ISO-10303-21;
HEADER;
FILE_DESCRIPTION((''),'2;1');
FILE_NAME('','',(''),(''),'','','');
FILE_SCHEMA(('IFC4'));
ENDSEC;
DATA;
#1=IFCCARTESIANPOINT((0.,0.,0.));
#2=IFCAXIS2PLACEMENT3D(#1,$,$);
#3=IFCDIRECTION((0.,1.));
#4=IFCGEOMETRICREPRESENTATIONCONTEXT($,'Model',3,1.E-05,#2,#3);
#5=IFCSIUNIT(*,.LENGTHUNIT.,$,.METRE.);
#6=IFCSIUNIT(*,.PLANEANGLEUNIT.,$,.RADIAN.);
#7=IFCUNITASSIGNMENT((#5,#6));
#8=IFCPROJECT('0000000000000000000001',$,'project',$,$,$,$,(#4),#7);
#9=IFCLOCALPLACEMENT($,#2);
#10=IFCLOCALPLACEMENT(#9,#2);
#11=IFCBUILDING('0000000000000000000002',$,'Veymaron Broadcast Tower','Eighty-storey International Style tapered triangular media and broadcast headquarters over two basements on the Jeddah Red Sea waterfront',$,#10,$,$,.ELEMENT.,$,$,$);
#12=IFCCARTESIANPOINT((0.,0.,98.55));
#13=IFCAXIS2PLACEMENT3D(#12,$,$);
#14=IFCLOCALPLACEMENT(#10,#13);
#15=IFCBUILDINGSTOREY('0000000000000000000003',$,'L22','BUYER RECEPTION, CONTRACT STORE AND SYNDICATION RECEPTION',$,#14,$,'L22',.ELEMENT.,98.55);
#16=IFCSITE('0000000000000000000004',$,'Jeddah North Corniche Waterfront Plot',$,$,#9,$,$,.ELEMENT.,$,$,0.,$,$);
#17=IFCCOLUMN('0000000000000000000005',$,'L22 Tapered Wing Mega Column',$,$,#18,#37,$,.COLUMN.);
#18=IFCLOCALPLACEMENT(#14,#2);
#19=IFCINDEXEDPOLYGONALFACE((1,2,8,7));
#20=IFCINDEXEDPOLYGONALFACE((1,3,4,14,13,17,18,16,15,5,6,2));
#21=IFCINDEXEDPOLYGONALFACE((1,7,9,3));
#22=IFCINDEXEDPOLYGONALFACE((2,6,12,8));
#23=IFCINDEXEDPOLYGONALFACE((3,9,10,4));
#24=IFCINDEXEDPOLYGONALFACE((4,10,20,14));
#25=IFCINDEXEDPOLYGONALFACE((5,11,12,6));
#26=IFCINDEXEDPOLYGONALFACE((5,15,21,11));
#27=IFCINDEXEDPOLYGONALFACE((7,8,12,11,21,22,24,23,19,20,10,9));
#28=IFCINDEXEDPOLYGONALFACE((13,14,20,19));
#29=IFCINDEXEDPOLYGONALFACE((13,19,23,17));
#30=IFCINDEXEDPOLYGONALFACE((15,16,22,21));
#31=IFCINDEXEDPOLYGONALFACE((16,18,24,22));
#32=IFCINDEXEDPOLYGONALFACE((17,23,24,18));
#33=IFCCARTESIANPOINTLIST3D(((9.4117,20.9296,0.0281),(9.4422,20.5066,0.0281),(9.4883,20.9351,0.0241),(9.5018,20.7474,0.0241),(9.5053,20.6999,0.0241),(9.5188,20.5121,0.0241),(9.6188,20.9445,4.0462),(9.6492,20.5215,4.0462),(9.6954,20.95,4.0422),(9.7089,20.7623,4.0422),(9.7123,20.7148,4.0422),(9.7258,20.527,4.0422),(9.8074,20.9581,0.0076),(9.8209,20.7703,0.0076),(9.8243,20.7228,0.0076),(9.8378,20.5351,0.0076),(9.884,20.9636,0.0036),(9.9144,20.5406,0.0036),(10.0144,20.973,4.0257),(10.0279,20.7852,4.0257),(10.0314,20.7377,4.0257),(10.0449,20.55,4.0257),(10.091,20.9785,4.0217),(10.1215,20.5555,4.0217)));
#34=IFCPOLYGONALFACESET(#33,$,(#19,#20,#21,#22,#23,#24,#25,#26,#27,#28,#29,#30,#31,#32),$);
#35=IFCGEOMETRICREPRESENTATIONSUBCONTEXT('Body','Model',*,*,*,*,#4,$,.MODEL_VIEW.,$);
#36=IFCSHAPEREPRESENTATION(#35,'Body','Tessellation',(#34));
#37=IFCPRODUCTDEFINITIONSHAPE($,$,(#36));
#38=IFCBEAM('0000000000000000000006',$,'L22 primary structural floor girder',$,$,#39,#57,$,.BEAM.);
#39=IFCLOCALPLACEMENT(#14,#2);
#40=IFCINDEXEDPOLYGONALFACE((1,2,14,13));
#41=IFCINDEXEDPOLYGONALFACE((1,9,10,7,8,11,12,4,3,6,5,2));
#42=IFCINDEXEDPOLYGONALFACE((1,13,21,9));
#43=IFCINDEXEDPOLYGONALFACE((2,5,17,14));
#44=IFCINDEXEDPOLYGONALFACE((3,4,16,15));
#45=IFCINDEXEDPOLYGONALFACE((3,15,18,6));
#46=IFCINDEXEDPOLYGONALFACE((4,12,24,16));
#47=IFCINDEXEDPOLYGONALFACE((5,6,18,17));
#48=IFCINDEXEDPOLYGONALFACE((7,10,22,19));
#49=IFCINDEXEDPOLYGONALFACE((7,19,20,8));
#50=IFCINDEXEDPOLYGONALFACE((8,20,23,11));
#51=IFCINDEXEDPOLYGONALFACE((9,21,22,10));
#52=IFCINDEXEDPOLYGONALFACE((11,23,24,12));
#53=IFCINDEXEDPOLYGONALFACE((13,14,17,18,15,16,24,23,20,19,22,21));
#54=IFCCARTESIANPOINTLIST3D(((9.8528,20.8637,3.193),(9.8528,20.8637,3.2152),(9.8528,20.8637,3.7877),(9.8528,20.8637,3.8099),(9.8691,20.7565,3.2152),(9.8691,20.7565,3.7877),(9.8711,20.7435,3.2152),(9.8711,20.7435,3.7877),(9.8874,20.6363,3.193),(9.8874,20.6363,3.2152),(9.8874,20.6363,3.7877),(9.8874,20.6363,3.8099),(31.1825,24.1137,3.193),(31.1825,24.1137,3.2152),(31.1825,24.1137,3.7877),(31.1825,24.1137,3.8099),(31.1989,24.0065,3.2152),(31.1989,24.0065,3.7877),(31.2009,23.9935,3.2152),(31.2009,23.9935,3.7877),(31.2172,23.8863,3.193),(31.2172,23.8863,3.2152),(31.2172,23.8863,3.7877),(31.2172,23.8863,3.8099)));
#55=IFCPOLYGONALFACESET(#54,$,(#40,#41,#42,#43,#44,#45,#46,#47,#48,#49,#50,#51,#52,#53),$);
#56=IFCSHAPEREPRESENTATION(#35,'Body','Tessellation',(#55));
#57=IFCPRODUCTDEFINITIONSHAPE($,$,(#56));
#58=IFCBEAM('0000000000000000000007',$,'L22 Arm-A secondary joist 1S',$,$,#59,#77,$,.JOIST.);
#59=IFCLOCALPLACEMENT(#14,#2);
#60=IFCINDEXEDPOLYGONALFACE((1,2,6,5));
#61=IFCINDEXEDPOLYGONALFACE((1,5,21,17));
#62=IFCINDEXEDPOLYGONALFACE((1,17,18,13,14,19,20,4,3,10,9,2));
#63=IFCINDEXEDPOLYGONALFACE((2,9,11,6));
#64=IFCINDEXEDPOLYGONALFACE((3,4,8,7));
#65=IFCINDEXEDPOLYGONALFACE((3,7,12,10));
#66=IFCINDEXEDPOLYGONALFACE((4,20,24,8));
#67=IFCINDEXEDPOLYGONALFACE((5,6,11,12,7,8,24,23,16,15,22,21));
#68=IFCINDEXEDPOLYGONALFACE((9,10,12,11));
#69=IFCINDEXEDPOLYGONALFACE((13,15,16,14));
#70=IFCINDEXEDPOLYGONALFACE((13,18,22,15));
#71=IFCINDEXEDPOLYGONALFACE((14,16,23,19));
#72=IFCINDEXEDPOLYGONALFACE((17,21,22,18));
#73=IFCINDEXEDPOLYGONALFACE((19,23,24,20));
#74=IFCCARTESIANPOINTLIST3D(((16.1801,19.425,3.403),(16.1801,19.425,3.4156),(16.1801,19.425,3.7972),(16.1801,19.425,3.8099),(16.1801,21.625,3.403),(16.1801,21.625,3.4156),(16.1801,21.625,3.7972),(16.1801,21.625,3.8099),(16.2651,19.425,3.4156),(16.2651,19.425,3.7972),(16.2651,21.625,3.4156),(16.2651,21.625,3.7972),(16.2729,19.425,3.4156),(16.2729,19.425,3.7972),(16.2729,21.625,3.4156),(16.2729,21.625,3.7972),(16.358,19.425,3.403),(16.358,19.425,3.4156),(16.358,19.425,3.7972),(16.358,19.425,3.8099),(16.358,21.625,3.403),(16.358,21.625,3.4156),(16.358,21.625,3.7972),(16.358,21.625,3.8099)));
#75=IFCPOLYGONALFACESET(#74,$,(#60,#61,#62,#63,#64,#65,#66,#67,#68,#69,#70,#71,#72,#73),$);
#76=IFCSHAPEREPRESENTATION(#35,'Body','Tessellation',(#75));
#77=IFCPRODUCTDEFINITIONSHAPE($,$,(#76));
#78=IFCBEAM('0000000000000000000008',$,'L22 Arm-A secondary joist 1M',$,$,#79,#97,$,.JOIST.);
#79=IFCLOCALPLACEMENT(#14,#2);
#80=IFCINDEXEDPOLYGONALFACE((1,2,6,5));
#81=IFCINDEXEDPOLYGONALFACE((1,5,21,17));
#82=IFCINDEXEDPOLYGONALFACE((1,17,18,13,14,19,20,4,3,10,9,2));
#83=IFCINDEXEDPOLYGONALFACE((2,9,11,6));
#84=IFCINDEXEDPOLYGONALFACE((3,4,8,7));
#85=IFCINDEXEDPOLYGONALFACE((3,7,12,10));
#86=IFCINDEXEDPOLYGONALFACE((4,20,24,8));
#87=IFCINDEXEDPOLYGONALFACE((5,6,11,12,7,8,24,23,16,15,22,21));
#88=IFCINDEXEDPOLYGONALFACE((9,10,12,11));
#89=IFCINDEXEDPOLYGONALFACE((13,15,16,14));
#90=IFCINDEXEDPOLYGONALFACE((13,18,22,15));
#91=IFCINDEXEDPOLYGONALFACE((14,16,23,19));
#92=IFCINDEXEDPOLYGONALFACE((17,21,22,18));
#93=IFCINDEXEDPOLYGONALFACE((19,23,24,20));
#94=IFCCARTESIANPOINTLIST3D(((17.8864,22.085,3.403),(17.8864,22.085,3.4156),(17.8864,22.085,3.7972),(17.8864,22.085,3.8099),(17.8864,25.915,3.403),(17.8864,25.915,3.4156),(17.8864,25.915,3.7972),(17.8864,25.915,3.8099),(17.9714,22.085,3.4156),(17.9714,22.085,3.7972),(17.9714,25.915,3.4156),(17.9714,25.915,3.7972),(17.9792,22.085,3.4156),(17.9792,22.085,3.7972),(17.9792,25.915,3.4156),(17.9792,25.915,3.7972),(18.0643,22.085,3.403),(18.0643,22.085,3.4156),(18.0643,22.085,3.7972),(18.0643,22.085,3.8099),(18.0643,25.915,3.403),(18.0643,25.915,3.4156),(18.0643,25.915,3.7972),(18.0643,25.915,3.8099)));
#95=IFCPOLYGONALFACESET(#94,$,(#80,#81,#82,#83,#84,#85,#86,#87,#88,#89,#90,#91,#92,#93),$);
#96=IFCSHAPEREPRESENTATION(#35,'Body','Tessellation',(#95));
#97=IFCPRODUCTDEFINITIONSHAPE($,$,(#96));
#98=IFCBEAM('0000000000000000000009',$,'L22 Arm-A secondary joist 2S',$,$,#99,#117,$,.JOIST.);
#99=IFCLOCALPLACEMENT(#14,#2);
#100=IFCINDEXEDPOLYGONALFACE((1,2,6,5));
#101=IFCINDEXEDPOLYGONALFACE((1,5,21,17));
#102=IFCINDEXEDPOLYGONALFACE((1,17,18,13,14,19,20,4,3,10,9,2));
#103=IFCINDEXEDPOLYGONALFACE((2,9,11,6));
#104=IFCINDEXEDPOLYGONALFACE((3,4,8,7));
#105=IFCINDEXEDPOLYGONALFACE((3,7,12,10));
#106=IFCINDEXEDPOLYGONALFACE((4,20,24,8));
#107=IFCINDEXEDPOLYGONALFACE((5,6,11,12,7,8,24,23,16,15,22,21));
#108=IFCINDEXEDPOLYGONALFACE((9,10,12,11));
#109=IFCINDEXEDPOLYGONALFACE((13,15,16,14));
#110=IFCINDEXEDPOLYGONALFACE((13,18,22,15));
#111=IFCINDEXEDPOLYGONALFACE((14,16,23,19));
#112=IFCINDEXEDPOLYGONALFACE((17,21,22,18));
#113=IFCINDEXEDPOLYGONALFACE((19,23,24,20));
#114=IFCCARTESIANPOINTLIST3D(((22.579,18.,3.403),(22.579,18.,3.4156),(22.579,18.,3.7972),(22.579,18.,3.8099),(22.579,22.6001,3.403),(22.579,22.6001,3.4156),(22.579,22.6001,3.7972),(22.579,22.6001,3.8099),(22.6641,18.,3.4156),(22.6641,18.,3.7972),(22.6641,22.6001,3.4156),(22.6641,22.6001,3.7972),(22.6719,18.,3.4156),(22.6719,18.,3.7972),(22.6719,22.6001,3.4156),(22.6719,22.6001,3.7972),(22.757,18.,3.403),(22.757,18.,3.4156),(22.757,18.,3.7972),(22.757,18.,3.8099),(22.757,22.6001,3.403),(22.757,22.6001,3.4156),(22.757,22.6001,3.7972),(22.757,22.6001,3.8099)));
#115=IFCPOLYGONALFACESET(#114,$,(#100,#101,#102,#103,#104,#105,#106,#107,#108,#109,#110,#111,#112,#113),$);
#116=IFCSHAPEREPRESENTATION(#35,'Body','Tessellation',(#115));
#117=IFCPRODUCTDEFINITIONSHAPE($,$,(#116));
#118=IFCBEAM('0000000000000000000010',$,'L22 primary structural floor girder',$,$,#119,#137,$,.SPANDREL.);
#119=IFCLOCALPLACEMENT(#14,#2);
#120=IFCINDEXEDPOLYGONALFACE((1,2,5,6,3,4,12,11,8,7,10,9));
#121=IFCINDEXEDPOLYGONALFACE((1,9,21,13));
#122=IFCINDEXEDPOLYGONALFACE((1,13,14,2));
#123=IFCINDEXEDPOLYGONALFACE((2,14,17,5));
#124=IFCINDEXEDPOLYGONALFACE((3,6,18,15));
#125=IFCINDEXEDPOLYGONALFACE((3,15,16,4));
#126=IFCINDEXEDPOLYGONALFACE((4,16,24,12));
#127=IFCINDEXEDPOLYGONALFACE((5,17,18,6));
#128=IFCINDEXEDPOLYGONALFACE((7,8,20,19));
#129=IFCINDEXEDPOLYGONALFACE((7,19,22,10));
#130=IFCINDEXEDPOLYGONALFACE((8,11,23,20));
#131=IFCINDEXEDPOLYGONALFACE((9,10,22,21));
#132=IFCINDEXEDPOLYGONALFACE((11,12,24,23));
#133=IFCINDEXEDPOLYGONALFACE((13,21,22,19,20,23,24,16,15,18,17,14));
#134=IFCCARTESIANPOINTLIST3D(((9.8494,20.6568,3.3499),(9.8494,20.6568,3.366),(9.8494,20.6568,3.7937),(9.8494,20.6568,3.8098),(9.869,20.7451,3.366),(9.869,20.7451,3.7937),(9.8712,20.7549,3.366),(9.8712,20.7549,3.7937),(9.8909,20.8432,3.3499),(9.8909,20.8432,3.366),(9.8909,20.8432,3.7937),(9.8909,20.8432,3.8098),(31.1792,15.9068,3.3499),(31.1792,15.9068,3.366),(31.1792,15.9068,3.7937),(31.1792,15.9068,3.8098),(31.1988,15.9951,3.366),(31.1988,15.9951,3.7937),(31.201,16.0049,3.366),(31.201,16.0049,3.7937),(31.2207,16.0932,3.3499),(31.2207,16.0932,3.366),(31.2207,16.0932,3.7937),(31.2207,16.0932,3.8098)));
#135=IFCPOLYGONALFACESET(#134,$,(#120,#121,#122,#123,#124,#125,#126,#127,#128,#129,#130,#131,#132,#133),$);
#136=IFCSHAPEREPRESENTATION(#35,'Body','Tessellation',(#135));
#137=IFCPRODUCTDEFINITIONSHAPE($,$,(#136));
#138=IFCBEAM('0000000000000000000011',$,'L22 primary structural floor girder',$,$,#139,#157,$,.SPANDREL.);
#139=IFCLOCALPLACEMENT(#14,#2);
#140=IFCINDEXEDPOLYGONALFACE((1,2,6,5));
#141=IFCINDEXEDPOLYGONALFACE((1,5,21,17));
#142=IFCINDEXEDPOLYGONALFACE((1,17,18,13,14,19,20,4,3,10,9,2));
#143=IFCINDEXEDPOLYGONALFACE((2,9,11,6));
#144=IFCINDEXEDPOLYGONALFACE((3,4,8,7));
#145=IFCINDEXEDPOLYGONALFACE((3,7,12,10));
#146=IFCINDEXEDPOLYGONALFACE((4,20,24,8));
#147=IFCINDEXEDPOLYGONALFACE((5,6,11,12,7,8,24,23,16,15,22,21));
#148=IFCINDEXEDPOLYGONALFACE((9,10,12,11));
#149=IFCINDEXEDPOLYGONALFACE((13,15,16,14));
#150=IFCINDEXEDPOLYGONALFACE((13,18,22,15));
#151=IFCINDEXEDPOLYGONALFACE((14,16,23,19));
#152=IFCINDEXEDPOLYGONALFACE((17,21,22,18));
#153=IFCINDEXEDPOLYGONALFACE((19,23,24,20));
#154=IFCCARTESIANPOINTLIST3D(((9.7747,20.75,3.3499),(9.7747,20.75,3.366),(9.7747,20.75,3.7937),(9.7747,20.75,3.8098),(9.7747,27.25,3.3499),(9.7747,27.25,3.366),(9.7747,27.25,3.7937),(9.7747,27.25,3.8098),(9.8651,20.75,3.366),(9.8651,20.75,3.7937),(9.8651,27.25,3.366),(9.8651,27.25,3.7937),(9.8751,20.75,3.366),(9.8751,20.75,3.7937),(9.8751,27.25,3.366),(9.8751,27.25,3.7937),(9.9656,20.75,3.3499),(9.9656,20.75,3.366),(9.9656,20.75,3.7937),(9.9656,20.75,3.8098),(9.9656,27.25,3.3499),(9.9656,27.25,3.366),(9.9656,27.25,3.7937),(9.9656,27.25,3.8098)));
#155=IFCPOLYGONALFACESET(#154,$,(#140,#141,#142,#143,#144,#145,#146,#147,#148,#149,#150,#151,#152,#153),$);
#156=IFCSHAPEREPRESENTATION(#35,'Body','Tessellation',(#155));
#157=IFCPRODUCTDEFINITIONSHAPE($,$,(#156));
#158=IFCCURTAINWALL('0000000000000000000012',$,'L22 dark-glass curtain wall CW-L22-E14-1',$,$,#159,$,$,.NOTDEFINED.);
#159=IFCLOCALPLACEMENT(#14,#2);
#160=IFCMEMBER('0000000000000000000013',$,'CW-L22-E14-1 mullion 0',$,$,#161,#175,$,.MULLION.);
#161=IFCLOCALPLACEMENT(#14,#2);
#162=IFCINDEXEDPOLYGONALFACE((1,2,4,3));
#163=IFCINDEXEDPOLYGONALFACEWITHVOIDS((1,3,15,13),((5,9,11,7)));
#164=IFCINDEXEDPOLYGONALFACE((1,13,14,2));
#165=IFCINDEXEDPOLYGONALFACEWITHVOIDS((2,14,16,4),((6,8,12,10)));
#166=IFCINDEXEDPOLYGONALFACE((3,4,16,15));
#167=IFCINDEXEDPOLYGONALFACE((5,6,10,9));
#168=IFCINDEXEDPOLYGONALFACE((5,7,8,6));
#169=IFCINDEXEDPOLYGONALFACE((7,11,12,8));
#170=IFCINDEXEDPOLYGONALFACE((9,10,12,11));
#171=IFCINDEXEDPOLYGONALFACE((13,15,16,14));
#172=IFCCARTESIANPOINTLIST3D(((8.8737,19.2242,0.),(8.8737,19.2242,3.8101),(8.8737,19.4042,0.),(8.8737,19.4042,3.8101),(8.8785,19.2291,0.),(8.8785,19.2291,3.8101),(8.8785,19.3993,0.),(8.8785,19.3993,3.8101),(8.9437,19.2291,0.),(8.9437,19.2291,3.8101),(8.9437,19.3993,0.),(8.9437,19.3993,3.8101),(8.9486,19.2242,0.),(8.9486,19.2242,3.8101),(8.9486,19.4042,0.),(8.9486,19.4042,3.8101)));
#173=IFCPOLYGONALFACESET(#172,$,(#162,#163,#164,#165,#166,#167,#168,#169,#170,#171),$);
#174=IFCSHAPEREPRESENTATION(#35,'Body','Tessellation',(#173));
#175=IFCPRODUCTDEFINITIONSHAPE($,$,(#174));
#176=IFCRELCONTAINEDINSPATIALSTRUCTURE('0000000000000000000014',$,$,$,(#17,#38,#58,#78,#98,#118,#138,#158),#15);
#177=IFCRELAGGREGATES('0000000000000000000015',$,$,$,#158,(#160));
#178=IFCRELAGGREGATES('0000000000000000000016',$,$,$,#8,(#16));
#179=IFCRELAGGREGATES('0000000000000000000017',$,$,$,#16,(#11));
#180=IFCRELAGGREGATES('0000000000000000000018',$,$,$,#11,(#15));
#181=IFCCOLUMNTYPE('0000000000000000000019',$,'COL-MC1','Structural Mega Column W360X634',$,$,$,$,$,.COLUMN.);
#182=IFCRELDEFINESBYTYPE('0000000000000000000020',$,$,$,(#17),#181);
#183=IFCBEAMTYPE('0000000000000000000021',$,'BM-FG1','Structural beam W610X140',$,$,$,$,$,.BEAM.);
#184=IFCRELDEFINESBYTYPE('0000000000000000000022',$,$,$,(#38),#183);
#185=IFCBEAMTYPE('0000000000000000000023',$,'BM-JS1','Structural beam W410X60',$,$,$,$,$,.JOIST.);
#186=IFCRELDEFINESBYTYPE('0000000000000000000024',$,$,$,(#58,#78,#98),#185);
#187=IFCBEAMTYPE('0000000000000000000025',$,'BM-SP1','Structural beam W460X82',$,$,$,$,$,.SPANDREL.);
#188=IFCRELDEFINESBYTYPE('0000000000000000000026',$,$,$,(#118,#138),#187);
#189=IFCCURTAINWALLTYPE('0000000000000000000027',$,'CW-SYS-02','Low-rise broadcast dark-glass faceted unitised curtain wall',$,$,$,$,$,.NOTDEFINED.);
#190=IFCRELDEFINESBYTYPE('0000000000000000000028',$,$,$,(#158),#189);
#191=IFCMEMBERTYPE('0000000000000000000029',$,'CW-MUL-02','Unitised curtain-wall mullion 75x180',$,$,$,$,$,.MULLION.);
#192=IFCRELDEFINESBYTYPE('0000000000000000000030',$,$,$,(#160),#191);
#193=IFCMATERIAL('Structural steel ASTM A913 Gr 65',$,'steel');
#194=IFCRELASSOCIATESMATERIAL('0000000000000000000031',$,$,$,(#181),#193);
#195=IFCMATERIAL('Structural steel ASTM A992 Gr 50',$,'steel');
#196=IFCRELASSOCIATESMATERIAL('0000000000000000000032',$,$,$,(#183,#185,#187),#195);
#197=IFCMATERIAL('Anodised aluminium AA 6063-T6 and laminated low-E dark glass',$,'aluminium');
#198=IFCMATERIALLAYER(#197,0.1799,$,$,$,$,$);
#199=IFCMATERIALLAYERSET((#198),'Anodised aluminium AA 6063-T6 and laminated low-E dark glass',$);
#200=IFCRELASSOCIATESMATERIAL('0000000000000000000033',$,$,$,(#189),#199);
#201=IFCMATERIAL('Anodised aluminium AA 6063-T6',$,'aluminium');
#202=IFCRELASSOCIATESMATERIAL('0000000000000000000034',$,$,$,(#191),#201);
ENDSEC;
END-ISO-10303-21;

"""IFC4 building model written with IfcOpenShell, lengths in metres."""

from ifc_helpers import new_model, si_unit, direction, frame, origin, origin_2d, place, context, subcontext, project, spatial, hollow_rectangle, i_section, extrude, material, layer, layer_set, material_profile, profile_set, type_object, element, aggregate, save


model = new_model("IFC4")

# Units and contexts
model_context = context("Model", 3, precision=1e-05, world=origin(), true_north=direction((0.0, 1.0)))
body_context = subcontext(model_context, "Body", "Model", "MODEL_VIEW")
ifc_project = project(units=[si_unit("LENGTHUNIT", "METRE"), si_unit("PLANEANGLEUNIT", "RADIAN")], contexts=[model_context])

# Site, building, storey
site_placement = place(None, origin())
site = spatial("IfcSite", under=ifc_project, at=site_placement, Name="Jeddah North Corniche Waterfront Plot", CompositionType="ELEMENT", RefElevation=0.0)
building_placement = place(site_placement, origin())
building = spatial("IfcBuilding", under=site, at=building_placement, Name="Veymaron Broadcast Tower", Description="Eighty-storey International Style tapered triangular media and broadcast headquarters over two basements on the Jeddah Red Sea waterfront", CompositionType="ELEMENT")
storey_placement = place(building_placement, frame((0.0, 0.0, 98.55)))
storey = spatial("IfcBuildingStorey", under=building, at=storey_placement, Name="L22", Description="BUYER RECEPTION, CONTRACT STORE AND SYNDICATION RECEPTION", LongName="L22", CompositionType="ELEMENT", Elevation=98.55)

# Column
ifc_material_1 = material(Name="Structural steel ASTM A913 Gr 65", Category="steel")
ifc_material_profile_1 = material_profile(ifc_material_1, i_section(OverallWidth=0.4241, OverallDepth=0.4741, WebThickness=0.0476, FlangeThickness=0.0769, at=origin_2d()), Name="W360X634")
ifc_profile_set_1 = profile_set([ifc_material_profile_1], Name="Structural steel ASTM A913 Gr 65")
column_type = type_object("IfcColumnType", Name="COL-MC1", Description="Structural Mega Column W360X634", PredefinedType="COLUMN", material=ifc_profile_set_1)
column_placement = place(storey_placement, frame((9.6631, 20.7351, 0.0159), z_axis=(0.051456, 0.003701, 0.998668), x_axis=(-0.071749, 0.997423, 0.0)))
element("IfcColumn", 1, at=column_placement, inside=storey, type_object=column_type, Name="L22 Tapered Wing Mega Column", PredefinedType="COLUMN", context=body_context, shape_type="SweptSolid", body=[
    extrude(i_section(OverallWidth=0.4241, OverallDepth=0.4741, WebThickness=0.0476, FlangeThickness=0.0769, at=origin_2d()), origin(), (0.0, 0.0, 1.0), 4.0234),
])

# Beams
ifc_material_2 = material(Name="Structural steel ASTM A992 Gr 50", Category="steel")
ifc_material_profile_2 = material_profile(ifc_material_2, i_section(OverallWidth=0.23, OverallDepth=0.6169, WebThickness=0.0132, FlangeThickness=0.0222, at=origin_2d()), Name="W610X140")
ifc_profile_set_2 = profile_set([ifc_material_profile_2], Name="Structural steel ASTM A992 Gr 50")
beam_type_1 = type_object("IfcBeamType", Name="BM-FG1", Description="Structural beam W610X140", PredefinedType="BEAM", material=ifc_profile_set_2)
beam_1_placement = place(storey_placement, frame((9.8701, 20.75, 3.5015), z_axis=(0.98859, 0.15063, 0.0), x_axis=(-0.15063, 0.98859, 0.0)))
element("IfcBeam", 2, at=beam_1_placement, inside=storey, type_object=beam_type_1, Name="L22 primary structural floor girder", PredefinedType="BEAM", context=body_context, shape_type="SweptSolid", body=[
    extrude(i_section(OverallWidth=0.23, OverallDepth=0.6169, WebThickness=0.0132, FlangeThickness=0.0222, at=origin_2d()), origin(), (0.0, 0.0, 1.0), 21.5759),
])
ifc_material_profile_3 = material_profile(ifc_material_2, i_section(OverallWidth=0.178, OverallDepth=0.407, WebThickness=0.0078, FlangeThickness=0.0127, at=origin_2d()), Name="W410X60")
ifc_profile_set_3 = profile_set([ifc_material_profile_3], Name="Structural steel ASTM A992 Gr 50")
beam_type_2 = type_object("IfcBeamType", Name="BM-JS1", Description="Structural beam W410X60", PredefinedType="JOIST", material=ifc_profile_set_3)
beam_2_placement = place(storey_placement, frame((16.269, 19.425, 3.6064), z_axis=(0.0, 1.0, 0.0), x_axis=(-1.0, 0.0, 0.0)))
element("IfcBeam", 3, at=beam_2_placement, inside=storey, type_object=beam_type_2, Name="L22 Arm-A secondary joist 1S", PredefinedType="JOIST", context=body_context, shape_type="SweptSolid", body=[
    extrude(i_section(OverallWidth=0.178, OverallDepth=0.407, WebThickness=0.0078, FlangeThickness=0.0127, at=origin_2d()), origin(), (0.0, 0.0, 1.0), 2.2),
])
beam_3_placement = place(storey_placement, frame((17.9753, 22.085, 3.6064), z_axis=(0.0, 1.0, 0.0), x_axis=(-1.0, 0.0, 0.0)))
element("IfcBeam", 4, at=beam_3_placement, inside=storey, type_object=beam_type_2, Name="L22 Arm-A secondary joist 1M", PredefinedType="JOIST", context=body_context, shape_type="SweptSolid", body=[
    extrude(i_section(OverallWidth=0.178, OverallDepth=0.407, WebThickness=0.0078, FlangeThickness=0.0127, at=origin_2d()), origin(), (0.0, 0.0, 1.0), 3.8301),
])
beam_4_placement = place(storey_placement, frame((22.668, 18.0, 3.6064), z_axis=(0.0, 1.0, 0.0), x_axis=(-1.0, 0.0, 0.0)))
element("IfcBeam", 5, at=beam_4_placement, inside=storey, type_object=beam_type_2, Name="L22 Arm-A secondary joist 2S", PredefinedType="JOIST", context=body_context, shape_type="SweptSolid", body=[
    extrude(i_section(OverallWidth=0.178, OverallDepth=0.407, WebThickness=0.0078, FlangeThickness=0.0127, at=origin_2d()), origin(), (0.0, 0.0, 1.0), 4.6001),
])
ifc_material_profile_4 = material_profile(ifc_material_2, i_section(OverallWidth=0.1909, OverallDepth=0.46, WebThickness=0.01, FlangeThickness=0.0161, at=origin_2d()), Name="W460X82")
ifc_profile_set_4 = profile_set([ifc_material_profile_4], Name="Structural steel ASTM A992 Gr 50")
beam_type_3 = type_object("IfcBeamType", Name="BM-SP1", Description="Structural beam W460X82", PredefinedType="SPANDREL", material=ifc_profile_set_4)
beam_5_placement = place(storey_placement, frame((9.8701, 20.75, 3.5798), z_axis=(0.97609, -0.217368, 0.0), x_axis=(0.217368, 0.97609, 0.0)))
element("IfcBeam", 6, at=beam_5_placement, inside=storey, type_object=beam_type_3, Name="L22 primary structural floor girder", PredefinedType="SPANDREL", context=body_context, shape_type="SweptSolid", body=[
    extrude(i_section(OverallWidth=0.1909, OverallDepth=0.46, WebThickness=0.01, FlangeThickness=0.0161, at=origin_2d()), origin(), (0.0, 0.0, 1.0), 21.8523),
])
beam_6_placement = place(storey_placement, frame((9.8701, 20.75, 3.5798), z_axis=(0.0, 1.0, 0.0), x_axis=(-1.0, 0.0, 0.0)))
element("IfcBeam", 7, at=beam_6_placement, inside=storey, type_object=beam_type_3, Name="L22 primary structural floor girder", PredefinedType="SPANDREL", context=body_context, shape_type="SweptSolid", body=[
    extrude(i_section(OverallWidth=0.1909, OverallDepth=0.46, WebThickness=0.01, FlangeThickness=0.0161, at=origin_2d()), origin(), (0.0, 0.0, 1.0), 6.5),
])

# Curtain wall, member
ifc_material_3 = material(Name="Anodised aluminium AA 6063-T6 and laminated low-E dark glass", Category="aluminium")
ifc_layer_1 = layer(ifc_material_3, 0.1799)
ifc_layer_set_1 = layer_set([ifc_layer_1], Name="Anodised aluminium AA 6063-T6 and laminated low-E dark glass")
curtain_wall_type = type_object("IfcCurtainWallType", Name="CW-SYS-02", Description="Low-rise broadcast dark-glass faceted unitised curtain wall", PredefinedType="NOTDEFINED", material=ifc_layer_set_1)
curtain_wall_1_placement = place(storey_placement, origin())
curtain_wall_1 = element("IfcCurtainWall", 8, at=curtain_wall_1_placement, inside=storey, type_object=curtain_wall_type, Name="L22 dark-glass curtain wall CW-L22-E14-1", PredefinedType="NOTDEFINED")
ifc_material_4 = material(Name="Anodised aluminium AA 6063-T6", Category="aluminium")
ifc_material_profile_5 = material_profile(ifc_material_4, hollow_rectangle(XDim=0.075, YDim=0.1799, WallThickness=0.0049, at=origin_2d()), Name="AL180X75X5")
ifc_profile_set_5 = profile_set([ifc_material_profile_5], Name="Anodised aluminium AA 6063-T6")
member_type_1 = type_object("IfcMemberType", Name="CW-MUL-02", Description="Unitised curtain-wall mullion 75x180", PredefinedType="MULLION", material=ifc_profile_set_5)
member_1_placement = place(storey_placement, frame((8.9111, 19.3142, 0.0), z_axis=(0.0, 0.0, 1.0), x_axis=(1.0, 0.0, 0.0)))
member_1 = element("IfcMember", 9, at=member_1_placement, type_object=member_type_1, Name="CW-L22-E14-1 mullion 0", PredefinedType="MULLION", context=body_context, shape_type="SweptSolid", body=[
    extrude(hollow_rectangle(XDim=0.075, YDim=0.1799, WallThickness=0.0049, at=origin_2d()), origin(), (0.0, 0.0, 1.0), 3.8101),
])

aggregate(curtain_wall_1, [member_1])

save(model, "model.ifc")
